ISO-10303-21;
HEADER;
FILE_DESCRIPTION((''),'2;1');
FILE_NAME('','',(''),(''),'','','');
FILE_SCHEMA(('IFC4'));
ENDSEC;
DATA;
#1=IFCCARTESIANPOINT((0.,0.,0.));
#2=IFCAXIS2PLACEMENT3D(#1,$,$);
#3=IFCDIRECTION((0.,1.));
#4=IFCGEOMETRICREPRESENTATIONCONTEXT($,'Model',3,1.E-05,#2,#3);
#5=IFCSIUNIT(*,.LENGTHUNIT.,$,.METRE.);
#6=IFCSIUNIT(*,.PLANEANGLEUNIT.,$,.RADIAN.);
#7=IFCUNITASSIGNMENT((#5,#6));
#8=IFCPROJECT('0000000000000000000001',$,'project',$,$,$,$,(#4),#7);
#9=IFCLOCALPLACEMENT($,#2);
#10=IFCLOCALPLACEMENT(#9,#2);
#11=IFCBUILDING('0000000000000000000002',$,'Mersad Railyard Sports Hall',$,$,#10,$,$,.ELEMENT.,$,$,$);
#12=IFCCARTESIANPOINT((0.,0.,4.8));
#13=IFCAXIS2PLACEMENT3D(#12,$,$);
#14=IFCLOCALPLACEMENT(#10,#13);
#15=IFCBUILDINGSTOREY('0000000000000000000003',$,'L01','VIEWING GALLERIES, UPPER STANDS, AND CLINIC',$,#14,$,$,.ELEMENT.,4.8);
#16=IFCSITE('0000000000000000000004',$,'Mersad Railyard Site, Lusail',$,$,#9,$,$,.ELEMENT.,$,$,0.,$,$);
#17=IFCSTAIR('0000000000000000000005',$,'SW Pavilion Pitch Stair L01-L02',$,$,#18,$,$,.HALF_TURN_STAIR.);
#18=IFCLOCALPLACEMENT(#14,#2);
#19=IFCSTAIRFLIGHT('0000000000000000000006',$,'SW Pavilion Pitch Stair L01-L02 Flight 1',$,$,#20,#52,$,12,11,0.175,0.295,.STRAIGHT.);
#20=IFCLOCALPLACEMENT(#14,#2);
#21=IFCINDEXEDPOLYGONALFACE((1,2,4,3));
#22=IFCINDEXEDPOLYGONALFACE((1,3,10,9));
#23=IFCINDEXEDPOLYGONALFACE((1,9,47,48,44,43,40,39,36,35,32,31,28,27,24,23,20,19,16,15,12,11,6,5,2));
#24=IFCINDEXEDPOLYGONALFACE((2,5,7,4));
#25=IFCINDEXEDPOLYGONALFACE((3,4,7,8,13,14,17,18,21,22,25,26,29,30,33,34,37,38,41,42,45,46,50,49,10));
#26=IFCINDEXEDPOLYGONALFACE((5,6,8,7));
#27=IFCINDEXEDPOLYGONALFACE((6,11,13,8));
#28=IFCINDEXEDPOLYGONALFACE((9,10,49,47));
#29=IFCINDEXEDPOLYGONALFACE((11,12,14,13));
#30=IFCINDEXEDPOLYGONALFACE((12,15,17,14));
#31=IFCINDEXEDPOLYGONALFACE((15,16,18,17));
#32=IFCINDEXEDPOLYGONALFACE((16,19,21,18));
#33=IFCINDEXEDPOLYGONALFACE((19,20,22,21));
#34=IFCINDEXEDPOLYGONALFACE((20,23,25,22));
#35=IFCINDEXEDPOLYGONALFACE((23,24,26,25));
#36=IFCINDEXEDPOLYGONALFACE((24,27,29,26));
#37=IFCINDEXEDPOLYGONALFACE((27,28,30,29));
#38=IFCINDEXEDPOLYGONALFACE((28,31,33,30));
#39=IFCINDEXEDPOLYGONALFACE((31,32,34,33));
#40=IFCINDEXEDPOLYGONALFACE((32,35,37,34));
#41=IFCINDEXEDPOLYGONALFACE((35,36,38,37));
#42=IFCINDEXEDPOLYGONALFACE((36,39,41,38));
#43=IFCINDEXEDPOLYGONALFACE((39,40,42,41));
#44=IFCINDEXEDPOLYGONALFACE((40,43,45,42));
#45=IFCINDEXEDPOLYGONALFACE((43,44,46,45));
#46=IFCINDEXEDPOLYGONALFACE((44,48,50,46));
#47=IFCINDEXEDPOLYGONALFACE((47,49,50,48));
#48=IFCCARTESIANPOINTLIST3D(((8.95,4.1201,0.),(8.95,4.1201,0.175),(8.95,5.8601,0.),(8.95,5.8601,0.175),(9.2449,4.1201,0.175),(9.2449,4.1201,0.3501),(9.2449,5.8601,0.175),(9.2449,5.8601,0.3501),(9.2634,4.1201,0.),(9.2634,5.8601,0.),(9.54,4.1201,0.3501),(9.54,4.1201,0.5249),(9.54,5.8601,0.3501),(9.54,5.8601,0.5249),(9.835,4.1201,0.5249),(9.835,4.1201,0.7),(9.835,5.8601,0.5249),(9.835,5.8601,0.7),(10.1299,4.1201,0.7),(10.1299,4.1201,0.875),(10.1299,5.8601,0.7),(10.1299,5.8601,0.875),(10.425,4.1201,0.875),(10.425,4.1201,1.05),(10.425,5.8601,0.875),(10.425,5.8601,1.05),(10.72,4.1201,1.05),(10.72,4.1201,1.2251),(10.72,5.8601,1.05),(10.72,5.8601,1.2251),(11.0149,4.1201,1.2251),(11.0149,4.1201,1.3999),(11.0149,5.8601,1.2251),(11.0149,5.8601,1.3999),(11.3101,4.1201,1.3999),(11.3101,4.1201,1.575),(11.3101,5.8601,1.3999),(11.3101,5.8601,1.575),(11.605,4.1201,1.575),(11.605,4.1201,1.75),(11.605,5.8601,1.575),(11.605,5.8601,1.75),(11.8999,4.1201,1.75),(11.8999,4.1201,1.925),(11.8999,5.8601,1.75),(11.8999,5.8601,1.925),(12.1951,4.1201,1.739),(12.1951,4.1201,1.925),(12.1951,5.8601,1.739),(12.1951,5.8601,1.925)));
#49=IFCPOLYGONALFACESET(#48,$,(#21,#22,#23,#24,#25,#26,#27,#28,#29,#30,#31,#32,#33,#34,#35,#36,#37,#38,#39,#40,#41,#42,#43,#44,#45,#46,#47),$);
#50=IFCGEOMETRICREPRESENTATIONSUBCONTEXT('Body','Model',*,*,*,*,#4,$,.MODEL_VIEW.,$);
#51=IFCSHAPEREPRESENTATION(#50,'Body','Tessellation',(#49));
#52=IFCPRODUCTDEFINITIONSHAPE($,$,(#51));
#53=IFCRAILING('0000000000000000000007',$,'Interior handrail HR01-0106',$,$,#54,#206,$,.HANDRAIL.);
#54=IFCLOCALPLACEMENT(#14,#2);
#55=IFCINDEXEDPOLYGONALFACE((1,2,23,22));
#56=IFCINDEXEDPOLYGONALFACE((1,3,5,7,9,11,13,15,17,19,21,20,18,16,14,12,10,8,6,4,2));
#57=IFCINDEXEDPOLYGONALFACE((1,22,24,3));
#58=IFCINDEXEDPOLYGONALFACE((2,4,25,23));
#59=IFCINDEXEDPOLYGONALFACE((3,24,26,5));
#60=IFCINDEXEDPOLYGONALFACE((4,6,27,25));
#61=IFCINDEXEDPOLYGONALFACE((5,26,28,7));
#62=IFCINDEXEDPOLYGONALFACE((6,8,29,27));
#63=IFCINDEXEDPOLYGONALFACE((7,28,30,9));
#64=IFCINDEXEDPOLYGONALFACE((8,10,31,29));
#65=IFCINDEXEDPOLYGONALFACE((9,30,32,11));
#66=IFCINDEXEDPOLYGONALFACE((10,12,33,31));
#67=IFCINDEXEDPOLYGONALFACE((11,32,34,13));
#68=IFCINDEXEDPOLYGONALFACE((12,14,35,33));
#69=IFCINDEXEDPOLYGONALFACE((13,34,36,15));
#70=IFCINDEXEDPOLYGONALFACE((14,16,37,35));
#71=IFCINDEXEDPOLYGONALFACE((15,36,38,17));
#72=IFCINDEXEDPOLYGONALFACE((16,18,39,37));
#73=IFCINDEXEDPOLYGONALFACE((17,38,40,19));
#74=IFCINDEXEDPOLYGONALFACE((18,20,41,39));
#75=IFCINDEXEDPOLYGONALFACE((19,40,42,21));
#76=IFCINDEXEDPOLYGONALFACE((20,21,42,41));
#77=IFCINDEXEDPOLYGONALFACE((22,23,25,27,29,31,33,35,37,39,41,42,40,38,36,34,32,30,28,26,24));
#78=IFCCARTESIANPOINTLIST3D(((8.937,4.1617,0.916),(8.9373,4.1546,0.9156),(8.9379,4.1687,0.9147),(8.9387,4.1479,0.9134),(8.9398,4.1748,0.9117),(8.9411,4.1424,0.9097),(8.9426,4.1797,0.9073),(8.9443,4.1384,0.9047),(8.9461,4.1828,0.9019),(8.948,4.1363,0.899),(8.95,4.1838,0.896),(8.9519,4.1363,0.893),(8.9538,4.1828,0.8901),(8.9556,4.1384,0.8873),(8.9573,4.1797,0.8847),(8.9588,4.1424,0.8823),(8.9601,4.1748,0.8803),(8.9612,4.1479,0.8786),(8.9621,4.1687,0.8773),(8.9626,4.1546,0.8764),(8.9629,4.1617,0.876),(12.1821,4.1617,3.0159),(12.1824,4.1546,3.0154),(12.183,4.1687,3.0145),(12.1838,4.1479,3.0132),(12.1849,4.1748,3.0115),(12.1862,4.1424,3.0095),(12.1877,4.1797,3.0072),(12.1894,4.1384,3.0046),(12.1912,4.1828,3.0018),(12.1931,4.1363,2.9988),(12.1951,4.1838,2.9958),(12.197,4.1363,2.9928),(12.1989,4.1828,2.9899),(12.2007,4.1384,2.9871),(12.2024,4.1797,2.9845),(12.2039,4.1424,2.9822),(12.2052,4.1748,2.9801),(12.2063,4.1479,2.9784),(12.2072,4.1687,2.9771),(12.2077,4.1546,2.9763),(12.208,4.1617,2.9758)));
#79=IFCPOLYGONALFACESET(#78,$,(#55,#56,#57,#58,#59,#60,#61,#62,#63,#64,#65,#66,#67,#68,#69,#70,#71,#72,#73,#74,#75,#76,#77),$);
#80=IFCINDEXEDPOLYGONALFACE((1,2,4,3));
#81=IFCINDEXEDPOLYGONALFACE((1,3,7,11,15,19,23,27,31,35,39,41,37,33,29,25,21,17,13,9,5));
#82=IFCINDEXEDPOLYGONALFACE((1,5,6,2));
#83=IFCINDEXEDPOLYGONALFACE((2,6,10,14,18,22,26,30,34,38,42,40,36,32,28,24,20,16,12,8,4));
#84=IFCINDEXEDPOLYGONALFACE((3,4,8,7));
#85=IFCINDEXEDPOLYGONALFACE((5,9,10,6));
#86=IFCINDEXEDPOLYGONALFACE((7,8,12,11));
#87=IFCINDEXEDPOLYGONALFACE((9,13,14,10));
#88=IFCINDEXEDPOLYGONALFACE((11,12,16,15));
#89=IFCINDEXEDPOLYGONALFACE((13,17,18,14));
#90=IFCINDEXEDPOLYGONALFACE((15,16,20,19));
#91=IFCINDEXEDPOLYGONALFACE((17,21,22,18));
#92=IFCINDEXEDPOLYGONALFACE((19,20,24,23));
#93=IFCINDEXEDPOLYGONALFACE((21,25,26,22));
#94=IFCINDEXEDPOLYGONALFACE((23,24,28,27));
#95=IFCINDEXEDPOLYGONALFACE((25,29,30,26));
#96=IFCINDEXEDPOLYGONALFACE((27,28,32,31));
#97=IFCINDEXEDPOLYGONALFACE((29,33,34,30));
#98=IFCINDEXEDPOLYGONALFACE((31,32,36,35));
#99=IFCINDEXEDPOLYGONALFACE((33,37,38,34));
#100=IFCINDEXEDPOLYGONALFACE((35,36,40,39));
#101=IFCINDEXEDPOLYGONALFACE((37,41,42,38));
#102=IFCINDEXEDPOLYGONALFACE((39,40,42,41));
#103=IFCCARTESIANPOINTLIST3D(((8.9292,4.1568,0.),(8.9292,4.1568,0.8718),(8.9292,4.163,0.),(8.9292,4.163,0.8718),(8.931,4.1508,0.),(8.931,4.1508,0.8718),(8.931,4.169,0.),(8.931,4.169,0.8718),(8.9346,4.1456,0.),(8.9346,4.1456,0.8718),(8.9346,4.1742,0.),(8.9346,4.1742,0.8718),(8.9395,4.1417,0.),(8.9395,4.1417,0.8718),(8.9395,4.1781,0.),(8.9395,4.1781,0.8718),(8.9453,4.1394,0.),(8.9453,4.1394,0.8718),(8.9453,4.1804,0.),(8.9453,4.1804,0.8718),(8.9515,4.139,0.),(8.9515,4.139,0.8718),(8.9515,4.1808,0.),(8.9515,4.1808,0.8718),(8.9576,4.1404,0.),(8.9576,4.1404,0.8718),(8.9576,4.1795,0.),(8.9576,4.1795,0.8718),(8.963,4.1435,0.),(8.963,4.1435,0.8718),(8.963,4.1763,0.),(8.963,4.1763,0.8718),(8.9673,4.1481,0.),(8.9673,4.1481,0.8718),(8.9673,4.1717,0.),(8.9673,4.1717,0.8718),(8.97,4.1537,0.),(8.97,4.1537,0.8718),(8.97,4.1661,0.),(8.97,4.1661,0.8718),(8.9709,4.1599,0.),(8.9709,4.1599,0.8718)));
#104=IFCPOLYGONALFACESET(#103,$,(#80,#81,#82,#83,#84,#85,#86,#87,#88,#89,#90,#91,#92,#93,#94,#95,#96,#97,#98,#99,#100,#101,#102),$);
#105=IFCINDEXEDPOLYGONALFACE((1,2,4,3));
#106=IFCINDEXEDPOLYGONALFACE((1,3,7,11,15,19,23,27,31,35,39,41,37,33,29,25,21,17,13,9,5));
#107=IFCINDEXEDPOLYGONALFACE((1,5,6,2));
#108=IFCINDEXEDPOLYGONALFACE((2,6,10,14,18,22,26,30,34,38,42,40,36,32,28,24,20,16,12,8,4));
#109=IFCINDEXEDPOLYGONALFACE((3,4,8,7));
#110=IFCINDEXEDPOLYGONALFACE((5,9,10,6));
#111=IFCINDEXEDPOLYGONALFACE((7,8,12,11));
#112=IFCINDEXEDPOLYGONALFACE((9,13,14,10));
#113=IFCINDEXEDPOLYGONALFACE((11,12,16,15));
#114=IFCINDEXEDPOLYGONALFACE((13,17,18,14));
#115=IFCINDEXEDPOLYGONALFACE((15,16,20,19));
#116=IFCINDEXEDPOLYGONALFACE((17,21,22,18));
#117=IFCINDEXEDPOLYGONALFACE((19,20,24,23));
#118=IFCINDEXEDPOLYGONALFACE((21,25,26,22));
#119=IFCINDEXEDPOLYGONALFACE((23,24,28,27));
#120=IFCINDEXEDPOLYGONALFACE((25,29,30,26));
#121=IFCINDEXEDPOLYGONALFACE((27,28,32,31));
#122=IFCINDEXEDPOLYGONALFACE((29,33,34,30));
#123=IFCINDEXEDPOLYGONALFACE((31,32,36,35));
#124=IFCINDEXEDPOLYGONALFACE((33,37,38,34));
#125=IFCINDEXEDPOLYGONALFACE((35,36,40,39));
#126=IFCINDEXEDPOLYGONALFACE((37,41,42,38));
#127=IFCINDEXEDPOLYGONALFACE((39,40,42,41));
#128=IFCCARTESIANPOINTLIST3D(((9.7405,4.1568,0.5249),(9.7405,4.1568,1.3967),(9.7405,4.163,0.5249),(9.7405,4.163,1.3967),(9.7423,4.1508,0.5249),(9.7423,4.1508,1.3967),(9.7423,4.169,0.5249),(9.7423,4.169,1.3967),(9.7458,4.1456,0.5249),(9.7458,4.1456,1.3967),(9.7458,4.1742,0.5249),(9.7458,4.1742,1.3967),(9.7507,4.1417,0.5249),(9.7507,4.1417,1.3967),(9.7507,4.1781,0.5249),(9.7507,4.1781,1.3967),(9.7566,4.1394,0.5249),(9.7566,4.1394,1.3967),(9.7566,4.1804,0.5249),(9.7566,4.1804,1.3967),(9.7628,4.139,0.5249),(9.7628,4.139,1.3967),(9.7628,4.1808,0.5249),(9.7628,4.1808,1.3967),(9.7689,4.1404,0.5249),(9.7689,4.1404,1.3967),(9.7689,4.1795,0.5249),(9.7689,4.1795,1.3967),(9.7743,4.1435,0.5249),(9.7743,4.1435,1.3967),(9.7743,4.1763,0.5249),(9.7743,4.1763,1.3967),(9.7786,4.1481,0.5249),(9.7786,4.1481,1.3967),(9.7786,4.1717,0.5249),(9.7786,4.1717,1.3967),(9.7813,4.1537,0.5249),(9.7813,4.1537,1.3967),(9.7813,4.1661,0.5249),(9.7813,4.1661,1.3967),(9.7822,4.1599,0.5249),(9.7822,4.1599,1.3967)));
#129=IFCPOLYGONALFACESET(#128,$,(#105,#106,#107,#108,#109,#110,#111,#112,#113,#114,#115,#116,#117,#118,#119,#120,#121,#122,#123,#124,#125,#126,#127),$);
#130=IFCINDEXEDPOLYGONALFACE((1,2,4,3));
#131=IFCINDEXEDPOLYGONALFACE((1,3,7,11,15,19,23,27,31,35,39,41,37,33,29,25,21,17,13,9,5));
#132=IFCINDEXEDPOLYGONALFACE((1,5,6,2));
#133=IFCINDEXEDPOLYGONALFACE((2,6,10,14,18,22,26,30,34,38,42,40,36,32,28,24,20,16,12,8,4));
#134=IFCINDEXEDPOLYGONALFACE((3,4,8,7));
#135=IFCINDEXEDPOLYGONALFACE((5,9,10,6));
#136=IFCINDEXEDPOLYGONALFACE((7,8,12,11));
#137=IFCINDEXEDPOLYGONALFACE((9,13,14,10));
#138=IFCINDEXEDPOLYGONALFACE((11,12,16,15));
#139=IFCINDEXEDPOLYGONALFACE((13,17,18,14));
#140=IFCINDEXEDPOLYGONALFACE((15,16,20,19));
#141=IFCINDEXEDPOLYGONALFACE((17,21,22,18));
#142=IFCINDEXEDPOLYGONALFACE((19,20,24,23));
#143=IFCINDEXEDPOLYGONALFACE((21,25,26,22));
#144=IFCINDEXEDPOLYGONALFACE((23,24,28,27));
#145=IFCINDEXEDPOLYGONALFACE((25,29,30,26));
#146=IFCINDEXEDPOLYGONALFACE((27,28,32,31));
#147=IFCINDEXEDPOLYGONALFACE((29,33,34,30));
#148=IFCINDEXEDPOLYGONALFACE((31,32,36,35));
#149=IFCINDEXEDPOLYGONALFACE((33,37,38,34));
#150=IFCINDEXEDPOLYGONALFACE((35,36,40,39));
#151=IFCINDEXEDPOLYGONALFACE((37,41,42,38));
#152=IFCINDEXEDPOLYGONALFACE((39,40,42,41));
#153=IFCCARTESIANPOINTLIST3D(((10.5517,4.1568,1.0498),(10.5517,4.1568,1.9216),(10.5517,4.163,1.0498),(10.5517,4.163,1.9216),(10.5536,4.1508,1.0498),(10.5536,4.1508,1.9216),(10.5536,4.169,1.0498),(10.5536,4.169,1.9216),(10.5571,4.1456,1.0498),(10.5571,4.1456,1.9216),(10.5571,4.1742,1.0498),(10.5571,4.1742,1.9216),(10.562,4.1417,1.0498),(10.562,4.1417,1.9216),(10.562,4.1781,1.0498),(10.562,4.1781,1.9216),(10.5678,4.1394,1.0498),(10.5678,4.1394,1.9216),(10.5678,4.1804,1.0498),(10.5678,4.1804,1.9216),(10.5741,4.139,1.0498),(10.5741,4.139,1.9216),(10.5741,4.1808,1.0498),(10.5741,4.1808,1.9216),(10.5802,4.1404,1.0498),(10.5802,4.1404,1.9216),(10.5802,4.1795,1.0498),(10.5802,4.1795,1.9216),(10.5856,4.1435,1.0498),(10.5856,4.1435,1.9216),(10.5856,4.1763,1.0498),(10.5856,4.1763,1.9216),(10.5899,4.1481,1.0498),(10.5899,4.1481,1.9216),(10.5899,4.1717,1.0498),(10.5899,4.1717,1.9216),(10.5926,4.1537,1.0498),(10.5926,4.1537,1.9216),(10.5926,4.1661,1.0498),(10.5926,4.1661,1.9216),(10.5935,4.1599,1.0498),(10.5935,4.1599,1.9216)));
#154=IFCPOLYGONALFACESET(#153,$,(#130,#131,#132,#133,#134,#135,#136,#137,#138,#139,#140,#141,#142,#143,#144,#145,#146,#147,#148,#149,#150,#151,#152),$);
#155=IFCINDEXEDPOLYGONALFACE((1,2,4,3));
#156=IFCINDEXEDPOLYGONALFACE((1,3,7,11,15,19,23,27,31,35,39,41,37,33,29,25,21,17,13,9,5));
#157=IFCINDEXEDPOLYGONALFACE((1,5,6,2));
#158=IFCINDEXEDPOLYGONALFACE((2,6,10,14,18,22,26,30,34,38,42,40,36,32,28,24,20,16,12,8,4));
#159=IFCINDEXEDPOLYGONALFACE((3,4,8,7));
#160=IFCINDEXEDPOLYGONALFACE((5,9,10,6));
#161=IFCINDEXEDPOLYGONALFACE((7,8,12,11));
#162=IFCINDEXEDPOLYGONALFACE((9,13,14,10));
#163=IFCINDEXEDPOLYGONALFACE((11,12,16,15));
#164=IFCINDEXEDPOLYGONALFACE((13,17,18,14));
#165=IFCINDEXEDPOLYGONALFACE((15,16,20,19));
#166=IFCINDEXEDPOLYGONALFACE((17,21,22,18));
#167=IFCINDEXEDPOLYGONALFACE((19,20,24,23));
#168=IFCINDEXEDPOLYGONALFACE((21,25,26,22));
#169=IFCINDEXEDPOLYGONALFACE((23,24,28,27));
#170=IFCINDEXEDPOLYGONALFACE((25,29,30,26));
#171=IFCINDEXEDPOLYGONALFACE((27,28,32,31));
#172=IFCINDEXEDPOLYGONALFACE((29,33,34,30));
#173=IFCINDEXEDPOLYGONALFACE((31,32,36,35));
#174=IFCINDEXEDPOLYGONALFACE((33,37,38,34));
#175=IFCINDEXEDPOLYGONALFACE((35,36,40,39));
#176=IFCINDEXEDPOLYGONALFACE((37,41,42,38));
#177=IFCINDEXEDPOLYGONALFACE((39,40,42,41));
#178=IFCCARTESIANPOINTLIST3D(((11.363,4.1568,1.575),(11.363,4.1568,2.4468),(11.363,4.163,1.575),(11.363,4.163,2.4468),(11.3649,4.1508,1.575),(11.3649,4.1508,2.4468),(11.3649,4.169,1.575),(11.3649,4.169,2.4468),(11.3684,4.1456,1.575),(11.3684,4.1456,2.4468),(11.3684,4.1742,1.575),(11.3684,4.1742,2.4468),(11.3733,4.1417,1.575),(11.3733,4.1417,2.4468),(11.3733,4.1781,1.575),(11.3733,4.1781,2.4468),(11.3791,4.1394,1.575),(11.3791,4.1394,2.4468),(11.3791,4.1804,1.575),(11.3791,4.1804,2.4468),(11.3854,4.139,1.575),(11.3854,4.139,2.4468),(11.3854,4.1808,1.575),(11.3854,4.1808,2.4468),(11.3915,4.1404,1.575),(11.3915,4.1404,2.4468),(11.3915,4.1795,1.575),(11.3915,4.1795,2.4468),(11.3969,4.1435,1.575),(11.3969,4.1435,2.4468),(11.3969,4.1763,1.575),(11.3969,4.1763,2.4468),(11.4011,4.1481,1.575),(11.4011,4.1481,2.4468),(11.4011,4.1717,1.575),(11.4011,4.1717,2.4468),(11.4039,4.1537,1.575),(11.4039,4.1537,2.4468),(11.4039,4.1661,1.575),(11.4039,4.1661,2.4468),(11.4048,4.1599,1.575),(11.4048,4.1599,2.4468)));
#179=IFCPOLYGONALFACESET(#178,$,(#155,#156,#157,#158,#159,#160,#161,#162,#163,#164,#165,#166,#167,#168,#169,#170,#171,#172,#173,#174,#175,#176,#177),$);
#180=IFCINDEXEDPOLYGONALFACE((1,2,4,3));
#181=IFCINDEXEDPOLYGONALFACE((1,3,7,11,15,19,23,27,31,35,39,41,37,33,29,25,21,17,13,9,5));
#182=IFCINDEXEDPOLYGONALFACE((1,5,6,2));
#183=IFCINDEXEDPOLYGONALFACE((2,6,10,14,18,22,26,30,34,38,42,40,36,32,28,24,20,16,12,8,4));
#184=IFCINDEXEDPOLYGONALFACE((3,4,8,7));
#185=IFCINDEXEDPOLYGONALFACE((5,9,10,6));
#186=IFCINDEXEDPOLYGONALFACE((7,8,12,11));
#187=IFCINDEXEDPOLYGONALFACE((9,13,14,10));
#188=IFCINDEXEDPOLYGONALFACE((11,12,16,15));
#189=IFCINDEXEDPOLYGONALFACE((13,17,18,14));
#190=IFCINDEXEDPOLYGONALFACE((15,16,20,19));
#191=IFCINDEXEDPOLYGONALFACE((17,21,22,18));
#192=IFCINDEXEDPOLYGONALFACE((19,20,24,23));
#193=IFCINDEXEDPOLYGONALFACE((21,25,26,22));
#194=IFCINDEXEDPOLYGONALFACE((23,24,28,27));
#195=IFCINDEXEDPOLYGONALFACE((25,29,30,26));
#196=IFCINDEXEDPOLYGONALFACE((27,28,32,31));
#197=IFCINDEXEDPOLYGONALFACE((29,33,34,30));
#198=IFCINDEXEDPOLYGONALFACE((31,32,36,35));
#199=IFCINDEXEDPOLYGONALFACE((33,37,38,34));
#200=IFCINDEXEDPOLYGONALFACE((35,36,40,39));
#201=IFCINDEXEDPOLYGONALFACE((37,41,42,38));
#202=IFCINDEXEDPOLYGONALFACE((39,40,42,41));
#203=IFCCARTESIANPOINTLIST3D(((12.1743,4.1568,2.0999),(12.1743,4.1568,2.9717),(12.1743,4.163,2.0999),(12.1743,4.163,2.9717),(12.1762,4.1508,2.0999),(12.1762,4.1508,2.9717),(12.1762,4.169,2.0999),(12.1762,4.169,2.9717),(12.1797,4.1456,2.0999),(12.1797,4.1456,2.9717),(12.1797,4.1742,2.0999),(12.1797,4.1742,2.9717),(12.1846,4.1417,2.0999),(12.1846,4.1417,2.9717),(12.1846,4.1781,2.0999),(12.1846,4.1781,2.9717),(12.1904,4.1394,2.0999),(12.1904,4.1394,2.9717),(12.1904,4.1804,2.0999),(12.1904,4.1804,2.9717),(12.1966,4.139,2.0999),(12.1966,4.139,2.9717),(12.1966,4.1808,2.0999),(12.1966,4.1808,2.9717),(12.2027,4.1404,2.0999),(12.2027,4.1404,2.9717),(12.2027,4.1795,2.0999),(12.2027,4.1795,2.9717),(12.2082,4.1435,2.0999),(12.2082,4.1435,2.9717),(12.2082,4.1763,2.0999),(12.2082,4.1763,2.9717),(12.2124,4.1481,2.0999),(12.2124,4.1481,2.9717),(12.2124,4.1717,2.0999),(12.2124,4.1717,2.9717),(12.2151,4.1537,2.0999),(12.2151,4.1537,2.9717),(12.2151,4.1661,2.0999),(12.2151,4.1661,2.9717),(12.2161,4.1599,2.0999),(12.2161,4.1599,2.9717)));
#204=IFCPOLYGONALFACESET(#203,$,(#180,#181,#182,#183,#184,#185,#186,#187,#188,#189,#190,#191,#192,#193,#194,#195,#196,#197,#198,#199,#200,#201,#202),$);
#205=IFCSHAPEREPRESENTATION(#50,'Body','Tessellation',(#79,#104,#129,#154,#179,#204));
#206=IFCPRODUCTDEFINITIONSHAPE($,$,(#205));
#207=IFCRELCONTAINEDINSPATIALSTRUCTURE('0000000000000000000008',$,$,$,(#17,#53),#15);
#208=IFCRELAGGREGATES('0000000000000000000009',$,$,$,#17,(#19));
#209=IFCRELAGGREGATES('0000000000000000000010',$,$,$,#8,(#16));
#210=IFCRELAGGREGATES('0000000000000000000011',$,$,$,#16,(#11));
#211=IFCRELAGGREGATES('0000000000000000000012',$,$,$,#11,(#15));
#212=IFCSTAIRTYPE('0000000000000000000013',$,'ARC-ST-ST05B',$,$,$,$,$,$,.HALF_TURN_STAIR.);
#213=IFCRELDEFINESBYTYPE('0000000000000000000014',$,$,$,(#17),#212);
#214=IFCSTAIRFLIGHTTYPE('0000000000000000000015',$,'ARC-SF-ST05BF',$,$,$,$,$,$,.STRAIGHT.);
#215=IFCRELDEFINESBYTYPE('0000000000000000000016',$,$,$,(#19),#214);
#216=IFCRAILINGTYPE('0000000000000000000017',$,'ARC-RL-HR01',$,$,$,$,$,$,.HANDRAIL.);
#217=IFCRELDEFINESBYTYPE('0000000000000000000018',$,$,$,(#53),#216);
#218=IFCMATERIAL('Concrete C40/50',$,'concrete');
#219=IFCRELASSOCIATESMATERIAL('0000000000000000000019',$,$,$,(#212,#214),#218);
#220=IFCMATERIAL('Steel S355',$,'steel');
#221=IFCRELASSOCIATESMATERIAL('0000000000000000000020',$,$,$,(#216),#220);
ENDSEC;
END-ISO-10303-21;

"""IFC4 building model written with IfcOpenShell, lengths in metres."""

from ifc_helpers import new_model, si_unit, direction, frame, origin, origin_2d, place, context, subcontext, project, spatial, polyline, circle, outline, extrude, material, type_object, element, aggregate, save


model = new_model("IFC4")

# Units and contexts
model_context = context("Model", 3, precision=1e-05, world=origin(), true_north=direction((0.0, 1.0)))
body_context = subcontext(model_context, "Body", "Model", "MODEL_VIEW")
ifc_project = project(units=[si_unit("LENGTHUNIT", "METRE"), si_unit("PLANEANGLEUNIT", "RADIAN")], contexts=[model_context])

# Site, building, storey
site_placement = place(None, origin())
site = spatial("IfcSite", under=ifc_project, at=site_placement, Name="Mersad Railyard Site, Lusail", CompositionType="ELEMENT", RefElevation=0.0)
building_placement = place(site_placement, origin())
building = spatial("IfcBuilding", under=site, at=building_placement, Name="Mersad Railyard Sports Hall", CompositionType="ELEMENT")
storey_placement = place(building_placement, frame((0.0, 0.0, 4.8)))
storey = spatial("IfcBuildingStorey", under=building, at=storey_placement, Name="L01", Description="VIEWING GALLERIES, UPPER STANDS, AND CLINIC", CompositionType="ELEMENT", Elevation=4.8)

# Shared definitions
ifc_material_1 = material(Name="Steel S355", Category="steel")

# Shared definitions
ifc_material_2 = material(Name="Concrete C40/50", Category="concrete")

# Stair, stair flight
stair_type = type_object("IfcStairType", Name="ARC-ST-ST05B", PredefinedType="HALF_TURN_STAIR", material=ifc_material_2)
stair_placement = place(storey_placement, origin())
stair = element("IfcStair", 1, at=stair_placement, inside=storey, type_object=stair_type, Name="SW Pavilion Pitch Stair L01-L02", PredefinedType="HALF_TURN_STAIR")
stair_flight_type = type_object("IfcStairFlightType", Name="ARC-SF-ST05BF", PredefinedType="STRAIGHT", material=ifc_material_2)
stair_flight_placement = place(storey_placement, frame((8.95, 4.99, 0.0), z_axis=(0.0, 0.0, 1.0), x_axis=(1.0, 0.0, 0.0)))
stair_flight = element("IfcStairFlight", 2, at=stair_flight_placement, type_object=stair_flight_type, Name="SW Pavilion Pitch Stair L01-L02 Flight 1", NumberOfRisers=12, NumberOfTreads=11, PredefinedType="STRAIGHT", RiserHeight=0.175, TreadLength=0.295, context=body_context, shape_type="SweptSolid", body=[
    extrude(outline(polyline([(0.0, 0.0), (0.0, 0.175), (0.2949, 0.175), (0.2949, 0.3501), (0.5901, 0.3501), (0.5901, 0.5249), (0.885, 0.5249), (0.885, 0.7), (1.1799, 0.7), (1.1799, 0.875), (1.4751, 0.875), (1.4751, 1.05), (1.77, 1.05), (1.77, 1.2251), (2.0649, 1.2251), (2.0649, 1.3999), (2.3601, 1.3999), (2.3601, 1.575), (2.655, 1.575), (2.655, 1.75), (2.95, 1.75), (2.95, 1.925), (3.2451, 1.925), (3.2451, 2.1001), (3.2451, 1.739), (0.3135, 0.0), (0.0, 0.0)])), frame((0.0, 0.8701, 0.0), z_axis=(0.0, -1.0, 0.0), x_axis=(1.0, 0.0, 0.0)), (0.0, 0.0, 1.0), 1.74),
])
aggregate(stair, [stair_flight])

# Railing
railing_type_1 = type_object("IfcRailingType", Name="ARC-RL-HR01", PredefinedType="HANDRAIL", material=ifc_material_1)
railing_1_placement = place(storey_placement, frame((8.95, 4.1599, 0.0)))
element("IfcRailing", 3, at=railing_1_placement, inside=storey, type_object=railing_type_1, Name="Interior handrail HR01-0106", PredefinedType="HANDRAIL", context=body_context, shape_type="SweptSolid", body=[
    extrude(circle(Radius=0.0239, at=origin_2d()), frame((0.0, 0.0, 0.896), z_axis=(0.839562, 0.0, 0.543264), x_axis=(0.0, 1.0, 0.0)), (0.0, 0.0, 1.0), 3.8652),
    extrude(circle(Radius=0.021, at=origin_2d()), origin(), (0.0, 0.0, 1.0), 0.8718),
    extrude(circle(Radius=0.021, at=origin_2d()), frame((0.8113, 0.0, 0.5249)), (0.0, 0.0, 1.0), 0.8718),
    extrude(circle(Radius=0.021, at=origin_2d()), frame((1.6226, 0.0, 1.0498)), (0.0, 0.0, 1.0), 0.8718),
    extrude(circle(Radius=0.021, at=origin_2d()), frame((2.4338, 0.0, 1.575)), (0.0, 0.0, 1.0), 0.8718),
    extrude(circle(Radius=0.021, at=origin_2d()), frame((3.2451, 0.0, 2.0999)), (0.0, 0.0, 1.0), 0.8718),
])

save(model, "model.ifc")
